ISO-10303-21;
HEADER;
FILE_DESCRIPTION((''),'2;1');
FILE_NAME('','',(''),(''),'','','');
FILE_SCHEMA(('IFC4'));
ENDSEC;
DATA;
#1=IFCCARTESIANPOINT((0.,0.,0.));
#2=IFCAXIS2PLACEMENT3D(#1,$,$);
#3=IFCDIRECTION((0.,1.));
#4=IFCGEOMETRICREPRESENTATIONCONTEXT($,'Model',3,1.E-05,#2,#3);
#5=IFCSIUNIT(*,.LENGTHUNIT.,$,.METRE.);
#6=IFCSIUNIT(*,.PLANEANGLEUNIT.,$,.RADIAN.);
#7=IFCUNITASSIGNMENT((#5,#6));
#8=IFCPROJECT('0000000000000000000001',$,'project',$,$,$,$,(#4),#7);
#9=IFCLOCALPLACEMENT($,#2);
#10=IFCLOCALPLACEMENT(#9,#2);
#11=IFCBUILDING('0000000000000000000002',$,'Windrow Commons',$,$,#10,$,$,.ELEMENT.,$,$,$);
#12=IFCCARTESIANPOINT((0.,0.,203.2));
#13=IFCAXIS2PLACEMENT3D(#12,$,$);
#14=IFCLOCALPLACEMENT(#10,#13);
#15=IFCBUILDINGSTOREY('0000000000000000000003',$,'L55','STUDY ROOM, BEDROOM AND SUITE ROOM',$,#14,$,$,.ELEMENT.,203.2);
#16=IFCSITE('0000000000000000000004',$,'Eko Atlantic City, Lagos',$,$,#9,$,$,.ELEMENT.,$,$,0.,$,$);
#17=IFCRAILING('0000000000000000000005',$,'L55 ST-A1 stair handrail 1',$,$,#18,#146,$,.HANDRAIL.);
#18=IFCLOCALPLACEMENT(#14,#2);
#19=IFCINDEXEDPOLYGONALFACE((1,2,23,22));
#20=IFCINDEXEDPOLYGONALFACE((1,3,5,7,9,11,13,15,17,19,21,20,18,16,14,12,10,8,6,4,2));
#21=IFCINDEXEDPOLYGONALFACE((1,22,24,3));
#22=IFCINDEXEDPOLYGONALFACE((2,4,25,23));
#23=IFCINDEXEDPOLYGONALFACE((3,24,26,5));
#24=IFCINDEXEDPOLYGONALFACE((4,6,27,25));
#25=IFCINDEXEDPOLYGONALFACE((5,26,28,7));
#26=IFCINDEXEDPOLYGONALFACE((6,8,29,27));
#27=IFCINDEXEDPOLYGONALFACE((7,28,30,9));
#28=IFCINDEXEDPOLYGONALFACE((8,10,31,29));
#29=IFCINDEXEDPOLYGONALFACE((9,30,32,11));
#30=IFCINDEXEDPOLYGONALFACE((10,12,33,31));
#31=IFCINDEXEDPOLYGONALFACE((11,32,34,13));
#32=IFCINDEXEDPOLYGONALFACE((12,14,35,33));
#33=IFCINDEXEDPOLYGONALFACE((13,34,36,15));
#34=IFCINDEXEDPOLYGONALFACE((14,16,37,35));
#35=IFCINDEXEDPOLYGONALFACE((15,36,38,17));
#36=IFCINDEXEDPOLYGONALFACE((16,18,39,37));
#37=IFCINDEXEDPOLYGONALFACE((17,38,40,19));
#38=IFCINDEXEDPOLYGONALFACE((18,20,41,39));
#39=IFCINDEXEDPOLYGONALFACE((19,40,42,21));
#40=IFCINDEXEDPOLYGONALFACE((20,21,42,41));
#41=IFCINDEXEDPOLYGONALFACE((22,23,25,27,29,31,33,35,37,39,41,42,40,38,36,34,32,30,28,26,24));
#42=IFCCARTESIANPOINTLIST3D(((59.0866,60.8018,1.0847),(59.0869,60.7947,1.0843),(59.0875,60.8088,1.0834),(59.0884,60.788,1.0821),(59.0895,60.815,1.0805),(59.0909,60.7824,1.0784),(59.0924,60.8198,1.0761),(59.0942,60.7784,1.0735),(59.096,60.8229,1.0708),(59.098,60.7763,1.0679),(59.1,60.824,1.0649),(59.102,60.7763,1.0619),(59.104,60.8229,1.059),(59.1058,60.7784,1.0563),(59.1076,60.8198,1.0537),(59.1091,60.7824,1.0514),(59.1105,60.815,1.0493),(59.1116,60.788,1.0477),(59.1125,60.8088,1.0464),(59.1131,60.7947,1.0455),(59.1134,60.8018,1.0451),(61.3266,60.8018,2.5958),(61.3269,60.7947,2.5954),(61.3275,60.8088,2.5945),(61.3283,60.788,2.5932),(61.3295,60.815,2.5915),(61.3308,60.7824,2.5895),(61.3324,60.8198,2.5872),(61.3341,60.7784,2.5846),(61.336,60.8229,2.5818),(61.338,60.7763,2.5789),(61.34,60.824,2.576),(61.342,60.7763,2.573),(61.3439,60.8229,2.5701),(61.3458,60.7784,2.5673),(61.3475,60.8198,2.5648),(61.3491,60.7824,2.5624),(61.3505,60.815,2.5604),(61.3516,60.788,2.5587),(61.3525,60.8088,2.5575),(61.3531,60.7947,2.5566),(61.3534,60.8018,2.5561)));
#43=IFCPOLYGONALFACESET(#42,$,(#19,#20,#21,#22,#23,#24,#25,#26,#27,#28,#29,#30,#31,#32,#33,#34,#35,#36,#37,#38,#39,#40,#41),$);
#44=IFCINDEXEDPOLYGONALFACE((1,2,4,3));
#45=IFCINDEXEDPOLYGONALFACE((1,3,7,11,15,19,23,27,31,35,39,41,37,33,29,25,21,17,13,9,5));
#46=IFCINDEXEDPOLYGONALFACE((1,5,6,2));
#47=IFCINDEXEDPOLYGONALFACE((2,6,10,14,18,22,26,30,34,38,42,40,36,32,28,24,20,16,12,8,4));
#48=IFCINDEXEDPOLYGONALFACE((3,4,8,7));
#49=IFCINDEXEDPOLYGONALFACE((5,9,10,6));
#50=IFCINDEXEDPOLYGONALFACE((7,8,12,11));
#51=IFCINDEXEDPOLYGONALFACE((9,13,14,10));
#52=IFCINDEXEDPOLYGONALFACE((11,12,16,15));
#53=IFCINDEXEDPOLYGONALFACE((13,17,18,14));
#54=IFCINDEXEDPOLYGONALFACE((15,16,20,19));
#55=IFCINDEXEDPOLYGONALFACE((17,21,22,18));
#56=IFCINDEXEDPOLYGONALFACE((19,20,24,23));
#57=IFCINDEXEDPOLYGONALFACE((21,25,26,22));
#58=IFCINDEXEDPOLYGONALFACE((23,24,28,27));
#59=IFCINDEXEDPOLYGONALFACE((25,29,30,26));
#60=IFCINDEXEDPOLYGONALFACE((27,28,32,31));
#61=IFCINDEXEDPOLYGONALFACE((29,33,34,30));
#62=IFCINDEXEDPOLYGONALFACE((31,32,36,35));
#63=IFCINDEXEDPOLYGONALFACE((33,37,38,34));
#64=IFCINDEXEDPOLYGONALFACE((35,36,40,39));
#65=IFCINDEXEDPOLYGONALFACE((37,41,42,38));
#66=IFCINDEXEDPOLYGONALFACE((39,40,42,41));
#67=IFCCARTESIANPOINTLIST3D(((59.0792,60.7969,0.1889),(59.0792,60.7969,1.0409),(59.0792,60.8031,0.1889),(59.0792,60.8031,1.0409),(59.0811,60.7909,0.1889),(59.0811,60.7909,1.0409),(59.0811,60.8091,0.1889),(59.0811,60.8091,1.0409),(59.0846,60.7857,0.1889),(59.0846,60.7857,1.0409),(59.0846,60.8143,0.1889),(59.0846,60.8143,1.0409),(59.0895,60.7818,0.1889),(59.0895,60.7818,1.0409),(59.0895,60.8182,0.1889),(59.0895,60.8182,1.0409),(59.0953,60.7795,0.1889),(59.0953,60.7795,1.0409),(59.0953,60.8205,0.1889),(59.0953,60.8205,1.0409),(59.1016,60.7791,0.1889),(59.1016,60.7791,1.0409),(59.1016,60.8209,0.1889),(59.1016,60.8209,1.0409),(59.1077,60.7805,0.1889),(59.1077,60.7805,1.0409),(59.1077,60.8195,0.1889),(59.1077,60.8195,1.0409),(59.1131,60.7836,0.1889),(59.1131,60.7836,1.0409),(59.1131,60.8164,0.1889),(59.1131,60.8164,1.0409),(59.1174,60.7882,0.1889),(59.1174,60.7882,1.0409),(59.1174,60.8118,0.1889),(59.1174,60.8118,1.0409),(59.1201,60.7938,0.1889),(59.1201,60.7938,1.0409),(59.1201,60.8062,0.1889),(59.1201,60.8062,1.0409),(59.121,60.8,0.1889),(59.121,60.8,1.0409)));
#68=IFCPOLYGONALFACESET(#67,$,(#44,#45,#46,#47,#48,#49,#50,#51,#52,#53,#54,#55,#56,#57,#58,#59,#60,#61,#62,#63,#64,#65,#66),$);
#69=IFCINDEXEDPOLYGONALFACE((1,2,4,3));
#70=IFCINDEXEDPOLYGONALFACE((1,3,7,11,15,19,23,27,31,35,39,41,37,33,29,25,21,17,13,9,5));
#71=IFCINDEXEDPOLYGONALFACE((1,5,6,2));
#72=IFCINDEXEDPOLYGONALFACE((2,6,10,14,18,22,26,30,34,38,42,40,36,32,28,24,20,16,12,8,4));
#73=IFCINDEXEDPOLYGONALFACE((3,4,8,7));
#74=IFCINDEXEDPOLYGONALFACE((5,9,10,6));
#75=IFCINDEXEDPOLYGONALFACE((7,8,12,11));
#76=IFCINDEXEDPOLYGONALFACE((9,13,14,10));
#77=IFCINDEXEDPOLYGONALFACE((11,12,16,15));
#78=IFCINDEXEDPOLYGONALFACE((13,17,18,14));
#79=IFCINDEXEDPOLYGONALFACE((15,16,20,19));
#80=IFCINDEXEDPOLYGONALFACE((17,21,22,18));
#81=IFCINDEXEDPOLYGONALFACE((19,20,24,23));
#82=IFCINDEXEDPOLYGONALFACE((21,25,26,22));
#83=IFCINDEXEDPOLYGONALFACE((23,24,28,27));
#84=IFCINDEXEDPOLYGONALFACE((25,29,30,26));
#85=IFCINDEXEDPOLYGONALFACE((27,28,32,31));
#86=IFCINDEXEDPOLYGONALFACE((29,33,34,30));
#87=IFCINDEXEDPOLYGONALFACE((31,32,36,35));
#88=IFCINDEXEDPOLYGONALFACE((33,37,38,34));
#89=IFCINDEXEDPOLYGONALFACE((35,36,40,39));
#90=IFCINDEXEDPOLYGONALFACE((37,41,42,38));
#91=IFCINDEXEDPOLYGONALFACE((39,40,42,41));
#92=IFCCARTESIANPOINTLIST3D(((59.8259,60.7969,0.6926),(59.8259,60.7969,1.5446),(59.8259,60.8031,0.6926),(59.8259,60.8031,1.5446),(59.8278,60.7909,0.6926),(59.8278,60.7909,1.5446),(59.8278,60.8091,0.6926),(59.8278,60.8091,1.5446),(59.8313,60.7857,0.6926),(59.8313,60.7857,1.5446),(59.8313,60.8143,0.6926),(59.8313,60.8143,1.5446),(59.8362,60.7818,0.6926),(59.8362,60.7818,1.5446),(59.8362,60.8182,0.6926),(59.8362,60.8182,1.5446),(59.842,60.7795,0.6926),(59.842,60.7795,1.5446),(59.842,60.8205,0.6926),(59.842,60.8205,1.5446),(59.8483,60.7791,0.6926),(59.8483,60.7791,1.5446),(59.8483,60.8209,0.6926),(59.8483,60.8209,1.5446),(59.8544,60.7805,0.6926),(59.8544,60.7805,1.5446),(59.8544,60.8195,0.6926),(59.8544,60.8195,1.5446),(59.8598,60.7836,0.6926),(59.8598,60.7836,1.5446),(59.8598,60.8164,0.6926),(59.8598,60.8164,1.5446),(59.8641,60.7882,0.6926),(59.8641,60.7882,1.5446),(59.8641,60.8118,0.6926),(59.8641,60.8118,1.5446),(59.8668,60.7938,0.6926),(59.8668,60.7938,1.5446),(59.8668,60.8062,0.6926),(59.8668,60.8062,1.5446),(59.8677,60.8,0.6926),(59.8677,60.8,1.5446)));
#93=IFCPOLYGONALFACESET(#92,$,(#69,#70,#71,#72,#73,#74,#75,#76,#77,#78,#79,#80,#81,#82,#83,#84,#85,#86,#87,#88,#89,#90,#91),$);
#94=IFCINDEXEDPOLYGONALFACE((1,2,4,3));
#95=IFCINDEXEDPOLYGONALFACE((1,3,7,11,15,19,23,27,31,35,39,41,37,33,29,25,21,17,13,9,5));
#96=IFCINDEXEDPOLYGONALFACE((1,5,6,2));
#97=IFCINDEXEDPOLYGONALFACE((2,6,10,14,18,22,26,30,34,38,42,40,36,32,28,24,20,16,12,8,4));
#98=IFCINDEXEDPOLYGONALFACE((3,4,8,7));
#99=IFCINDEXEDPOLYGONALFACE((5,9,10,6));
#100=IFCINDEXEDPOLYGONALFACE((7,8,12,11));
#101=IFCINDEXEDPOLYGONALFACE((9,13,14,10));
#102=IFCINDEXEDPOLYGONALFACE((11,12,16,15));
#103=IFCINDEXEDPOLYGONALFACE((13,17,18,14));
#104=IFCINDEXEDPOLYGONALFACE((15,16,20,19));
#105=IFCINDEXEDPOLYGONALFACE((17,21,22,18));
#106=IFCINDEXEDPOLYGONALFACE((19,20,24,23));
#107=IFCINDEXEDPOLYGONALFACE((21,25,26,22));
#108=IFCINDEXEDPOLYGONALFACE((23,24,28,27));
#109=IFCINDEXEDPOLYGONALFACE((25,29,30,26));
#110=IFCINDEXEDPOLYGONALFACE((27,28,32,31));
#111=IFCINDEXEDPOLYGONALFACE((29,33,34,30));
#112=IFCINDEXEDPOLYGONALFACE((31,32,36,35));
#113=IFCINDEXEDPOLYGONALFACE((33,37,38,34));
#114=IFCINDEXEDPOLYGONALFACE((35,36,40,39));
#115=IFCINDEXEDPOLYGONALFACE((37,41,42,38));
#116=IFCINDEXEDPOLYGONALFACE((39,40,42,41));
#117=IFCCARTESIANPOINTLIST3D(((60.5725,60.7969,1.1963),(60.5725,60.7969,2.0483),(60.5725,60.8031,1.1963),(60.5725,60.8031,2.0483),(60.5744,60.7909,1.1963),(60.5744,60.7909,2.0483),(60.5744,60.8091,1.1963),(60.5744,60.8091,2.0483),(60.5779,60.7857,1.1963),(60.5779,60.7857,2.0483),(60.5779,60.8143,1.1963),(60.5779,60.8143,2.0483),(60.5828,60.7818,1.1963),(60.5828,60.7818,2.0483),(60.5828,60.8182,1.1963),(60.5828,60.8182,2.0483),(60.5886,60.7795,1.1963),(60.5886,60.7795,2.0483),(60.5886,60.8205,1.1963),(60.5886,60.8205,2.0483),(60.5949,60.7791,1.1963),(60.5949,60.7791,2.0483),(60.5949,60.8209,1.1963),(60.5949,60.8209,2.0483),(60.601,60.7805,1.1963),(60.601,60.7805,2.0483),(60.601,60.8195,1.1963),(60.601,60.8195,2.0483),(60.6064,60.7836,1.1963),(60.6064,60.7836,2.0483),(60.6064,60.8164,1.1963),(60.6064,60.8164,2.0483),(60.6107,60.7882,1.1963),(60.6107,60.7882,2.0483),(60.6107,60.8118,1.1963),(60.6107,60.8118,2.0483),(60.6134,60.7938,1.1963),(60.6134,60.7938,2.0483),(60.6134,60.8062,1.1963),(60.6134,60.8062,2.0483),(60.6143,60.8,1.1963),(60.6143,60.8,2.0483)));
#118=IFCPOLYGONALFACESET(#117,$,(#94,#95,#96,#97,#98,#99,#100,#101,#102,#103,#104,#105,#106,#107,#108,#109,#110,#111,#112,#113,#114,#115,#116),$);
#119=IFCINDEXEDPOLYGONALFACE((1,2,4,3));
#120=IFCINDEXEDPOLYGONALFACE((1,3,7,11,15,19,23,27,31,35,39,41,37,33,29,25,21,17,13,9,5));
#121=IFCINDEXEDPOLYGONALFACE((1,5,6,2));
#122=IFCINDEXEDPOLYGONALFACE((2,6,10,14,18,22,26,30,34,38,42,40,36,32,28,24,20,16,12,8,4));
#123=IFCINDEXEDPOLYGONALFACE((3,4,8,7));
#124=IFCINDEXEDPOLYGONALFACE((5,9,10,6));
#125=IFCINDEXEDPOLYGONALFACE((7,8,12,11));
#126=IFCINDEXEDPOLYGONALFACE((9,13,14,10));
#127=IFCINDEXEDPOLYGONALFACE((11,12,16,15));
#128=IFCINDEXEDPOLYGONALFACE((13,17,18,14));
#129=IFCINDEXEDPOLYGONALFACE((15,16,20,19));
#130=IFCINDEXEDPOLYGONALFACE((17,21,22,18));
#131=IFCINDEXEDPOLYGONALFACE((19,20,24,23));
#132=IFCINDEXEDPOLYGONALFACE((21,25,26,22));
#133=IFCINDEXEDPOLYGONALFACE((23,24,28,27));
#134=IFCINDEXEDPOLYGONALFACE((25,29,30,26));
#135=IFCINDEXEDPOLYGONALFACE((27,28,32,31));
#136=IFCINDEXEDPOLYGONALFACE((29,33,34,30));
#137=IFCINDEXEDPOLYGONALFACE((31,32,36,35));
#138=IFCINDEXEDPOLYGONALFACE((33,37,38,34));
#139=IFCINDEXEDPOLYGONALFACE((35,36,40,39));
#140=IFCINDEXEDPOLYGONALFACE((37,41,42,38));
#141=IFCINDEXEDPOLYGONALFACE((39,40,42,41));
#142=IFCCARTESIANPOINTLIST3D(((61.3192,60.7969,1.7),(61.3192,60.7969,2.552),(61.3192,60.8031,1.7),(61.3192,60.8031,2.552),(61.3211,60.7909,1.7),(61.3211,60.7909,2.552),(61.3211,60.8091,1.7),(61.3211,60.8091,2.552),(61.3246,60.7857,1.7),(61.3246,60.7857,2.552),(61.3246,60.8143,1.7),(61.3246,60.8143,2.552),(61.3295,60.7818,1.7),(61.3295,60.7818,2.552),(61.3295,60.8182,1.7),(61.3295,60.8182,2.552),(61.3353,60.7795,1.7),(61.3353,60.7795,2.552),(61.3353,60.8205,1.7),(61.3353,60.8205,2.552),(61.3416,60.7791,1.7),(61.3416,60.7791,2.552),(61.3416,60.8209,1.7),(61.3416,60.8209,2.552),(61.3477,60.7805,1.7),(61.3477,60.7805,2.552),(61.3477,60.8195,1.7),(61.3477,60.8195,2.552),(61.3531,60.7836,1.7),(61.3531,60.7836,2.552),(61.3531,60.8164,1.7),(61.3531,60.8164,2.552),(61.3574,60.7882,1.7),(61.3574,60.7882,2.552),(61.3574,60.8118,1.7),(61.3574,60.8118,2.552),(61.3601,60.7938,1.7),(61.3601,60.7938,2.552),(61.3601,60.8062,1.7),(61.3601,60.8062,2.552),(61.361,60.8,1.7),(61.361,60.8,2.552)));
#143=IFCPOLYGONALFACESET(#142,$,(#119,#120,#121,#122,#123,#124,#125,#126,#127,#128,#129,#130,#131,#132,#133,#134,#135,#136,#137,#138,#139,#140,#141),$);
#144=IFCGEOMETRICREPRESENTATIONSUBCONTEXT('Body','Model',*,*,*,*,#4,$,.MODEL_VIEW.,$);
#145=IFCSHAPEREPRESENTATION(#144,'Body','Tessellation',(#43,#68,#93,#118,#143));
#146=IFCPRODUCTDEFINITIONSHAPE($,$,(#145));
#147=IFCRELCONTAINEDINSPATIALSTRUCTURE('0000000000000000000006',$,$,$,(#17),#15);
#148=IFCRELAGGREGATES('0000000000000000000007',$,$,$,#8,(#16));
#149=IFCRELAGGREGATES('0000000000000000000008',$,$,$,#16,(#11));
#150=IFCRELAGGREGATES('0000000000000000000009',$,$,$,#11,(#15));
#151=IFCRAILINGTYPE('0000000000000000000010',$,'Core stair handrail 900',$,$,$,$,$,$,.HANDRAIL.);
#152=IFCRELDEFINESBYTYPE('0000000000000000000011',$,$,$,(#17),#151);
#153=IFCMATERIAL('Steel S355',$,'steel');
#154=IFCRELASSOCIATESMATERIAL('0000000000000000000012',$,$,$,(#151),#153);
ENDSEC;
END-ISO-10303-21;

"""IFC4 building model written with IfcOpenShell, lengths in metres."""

from ifc_helpers import new_model, si_unit, direction, frame, origin, origin_2d, place, context, subcontext, project, spatial, circle, extrude, material, type_object, element, save


model = new_model("IFC4")

# Units and contexts
model_context = context("Model", 3, precision=1e-05, world=origin(), true_north=direction((0.0, 1.0)))
body_context = subcontext(model_context, "Body", "Model", "MODEL_VIEW")
ifc_project = project(units=[si_unit("LENGTHUNIT", "METRE"), si_unit("PLANEANGLEUNIT", "RADIAN")], contexts=[model_context])

# Site, building, storey
site_placement = place(None, origin())
site = spatial("IfcSite", under=ifc_project, at=site_placement, Name="Eko Atlantic City, Lagos", CompositionType="ELEMENT", RefElevation=0.0)
building_placement = place(site_placement, origin())
building = spatial("IfcBuilding", under=site, at=building_placement, Name="Windrow Commons", CompositionType="ELEMENT")
storey_placement = place(building_placement, frame((0.0, 0.0, 203.2)))
storey = spatial("IfcBuildingStorey", under=building, at=storey_placement, Name="L55", Description="STUDY ROOM, BEDROOM AND SUITE ROOM", CompositionType="ELEMENT", Elevation=203.2)

# Railing
ifc_material_1 = material(Name="Steel S355", Category="steel")
railing_type_1 = type_object("IfcRailingType", Name="Core stair handrail 900", PredefinedType="HANDRAIL", material=ifc_material_1)
railing_1_placement = place(storey_placement, frame((59.1, 60.8, 0.1889)))
element("IfcRailing", 1, at=railing_1_placement, inside=storey, type_object=railing_type_1, Name="L55 ST-A1 stair handrail 1", PredefinedType="HANDRAIL", context=body_context, shape_type="SweptSolid", body=[
    extrude(circle(Radius=0.024, at=origin_2d()), frame((0.0, 0.0, 0.876), z_axis=(0.829003, 0.0, 0.559244), x_axis=(0.0, 1.0, 0.0)), (0.0, 0.0, 1.0), 2.702),
    extrude(circle(Radius=0.021, at=origin_2d()), origin(), (0.0, 0.0, 1.0), 0.852),
    extrude(circle(Radius=0.021, at=origin_2d()), frame((0.7467, 0.0, 0.5037)), (0.0, 0.0, 1.0), 0.852),
    extrude(circle(Radius=0.021, at=origin_2d()), frame((1.4933, 0.0, 1.0074)), (0.0, 0.0, 1.0), 0.852),
    extrude(circle(Radius=0.021, at=origin_2d()), frame((2.24, 0.0, 1.5111)), (0.0, 0.0, 1.0), 0.852),
])

save(model, "model.ifc")
